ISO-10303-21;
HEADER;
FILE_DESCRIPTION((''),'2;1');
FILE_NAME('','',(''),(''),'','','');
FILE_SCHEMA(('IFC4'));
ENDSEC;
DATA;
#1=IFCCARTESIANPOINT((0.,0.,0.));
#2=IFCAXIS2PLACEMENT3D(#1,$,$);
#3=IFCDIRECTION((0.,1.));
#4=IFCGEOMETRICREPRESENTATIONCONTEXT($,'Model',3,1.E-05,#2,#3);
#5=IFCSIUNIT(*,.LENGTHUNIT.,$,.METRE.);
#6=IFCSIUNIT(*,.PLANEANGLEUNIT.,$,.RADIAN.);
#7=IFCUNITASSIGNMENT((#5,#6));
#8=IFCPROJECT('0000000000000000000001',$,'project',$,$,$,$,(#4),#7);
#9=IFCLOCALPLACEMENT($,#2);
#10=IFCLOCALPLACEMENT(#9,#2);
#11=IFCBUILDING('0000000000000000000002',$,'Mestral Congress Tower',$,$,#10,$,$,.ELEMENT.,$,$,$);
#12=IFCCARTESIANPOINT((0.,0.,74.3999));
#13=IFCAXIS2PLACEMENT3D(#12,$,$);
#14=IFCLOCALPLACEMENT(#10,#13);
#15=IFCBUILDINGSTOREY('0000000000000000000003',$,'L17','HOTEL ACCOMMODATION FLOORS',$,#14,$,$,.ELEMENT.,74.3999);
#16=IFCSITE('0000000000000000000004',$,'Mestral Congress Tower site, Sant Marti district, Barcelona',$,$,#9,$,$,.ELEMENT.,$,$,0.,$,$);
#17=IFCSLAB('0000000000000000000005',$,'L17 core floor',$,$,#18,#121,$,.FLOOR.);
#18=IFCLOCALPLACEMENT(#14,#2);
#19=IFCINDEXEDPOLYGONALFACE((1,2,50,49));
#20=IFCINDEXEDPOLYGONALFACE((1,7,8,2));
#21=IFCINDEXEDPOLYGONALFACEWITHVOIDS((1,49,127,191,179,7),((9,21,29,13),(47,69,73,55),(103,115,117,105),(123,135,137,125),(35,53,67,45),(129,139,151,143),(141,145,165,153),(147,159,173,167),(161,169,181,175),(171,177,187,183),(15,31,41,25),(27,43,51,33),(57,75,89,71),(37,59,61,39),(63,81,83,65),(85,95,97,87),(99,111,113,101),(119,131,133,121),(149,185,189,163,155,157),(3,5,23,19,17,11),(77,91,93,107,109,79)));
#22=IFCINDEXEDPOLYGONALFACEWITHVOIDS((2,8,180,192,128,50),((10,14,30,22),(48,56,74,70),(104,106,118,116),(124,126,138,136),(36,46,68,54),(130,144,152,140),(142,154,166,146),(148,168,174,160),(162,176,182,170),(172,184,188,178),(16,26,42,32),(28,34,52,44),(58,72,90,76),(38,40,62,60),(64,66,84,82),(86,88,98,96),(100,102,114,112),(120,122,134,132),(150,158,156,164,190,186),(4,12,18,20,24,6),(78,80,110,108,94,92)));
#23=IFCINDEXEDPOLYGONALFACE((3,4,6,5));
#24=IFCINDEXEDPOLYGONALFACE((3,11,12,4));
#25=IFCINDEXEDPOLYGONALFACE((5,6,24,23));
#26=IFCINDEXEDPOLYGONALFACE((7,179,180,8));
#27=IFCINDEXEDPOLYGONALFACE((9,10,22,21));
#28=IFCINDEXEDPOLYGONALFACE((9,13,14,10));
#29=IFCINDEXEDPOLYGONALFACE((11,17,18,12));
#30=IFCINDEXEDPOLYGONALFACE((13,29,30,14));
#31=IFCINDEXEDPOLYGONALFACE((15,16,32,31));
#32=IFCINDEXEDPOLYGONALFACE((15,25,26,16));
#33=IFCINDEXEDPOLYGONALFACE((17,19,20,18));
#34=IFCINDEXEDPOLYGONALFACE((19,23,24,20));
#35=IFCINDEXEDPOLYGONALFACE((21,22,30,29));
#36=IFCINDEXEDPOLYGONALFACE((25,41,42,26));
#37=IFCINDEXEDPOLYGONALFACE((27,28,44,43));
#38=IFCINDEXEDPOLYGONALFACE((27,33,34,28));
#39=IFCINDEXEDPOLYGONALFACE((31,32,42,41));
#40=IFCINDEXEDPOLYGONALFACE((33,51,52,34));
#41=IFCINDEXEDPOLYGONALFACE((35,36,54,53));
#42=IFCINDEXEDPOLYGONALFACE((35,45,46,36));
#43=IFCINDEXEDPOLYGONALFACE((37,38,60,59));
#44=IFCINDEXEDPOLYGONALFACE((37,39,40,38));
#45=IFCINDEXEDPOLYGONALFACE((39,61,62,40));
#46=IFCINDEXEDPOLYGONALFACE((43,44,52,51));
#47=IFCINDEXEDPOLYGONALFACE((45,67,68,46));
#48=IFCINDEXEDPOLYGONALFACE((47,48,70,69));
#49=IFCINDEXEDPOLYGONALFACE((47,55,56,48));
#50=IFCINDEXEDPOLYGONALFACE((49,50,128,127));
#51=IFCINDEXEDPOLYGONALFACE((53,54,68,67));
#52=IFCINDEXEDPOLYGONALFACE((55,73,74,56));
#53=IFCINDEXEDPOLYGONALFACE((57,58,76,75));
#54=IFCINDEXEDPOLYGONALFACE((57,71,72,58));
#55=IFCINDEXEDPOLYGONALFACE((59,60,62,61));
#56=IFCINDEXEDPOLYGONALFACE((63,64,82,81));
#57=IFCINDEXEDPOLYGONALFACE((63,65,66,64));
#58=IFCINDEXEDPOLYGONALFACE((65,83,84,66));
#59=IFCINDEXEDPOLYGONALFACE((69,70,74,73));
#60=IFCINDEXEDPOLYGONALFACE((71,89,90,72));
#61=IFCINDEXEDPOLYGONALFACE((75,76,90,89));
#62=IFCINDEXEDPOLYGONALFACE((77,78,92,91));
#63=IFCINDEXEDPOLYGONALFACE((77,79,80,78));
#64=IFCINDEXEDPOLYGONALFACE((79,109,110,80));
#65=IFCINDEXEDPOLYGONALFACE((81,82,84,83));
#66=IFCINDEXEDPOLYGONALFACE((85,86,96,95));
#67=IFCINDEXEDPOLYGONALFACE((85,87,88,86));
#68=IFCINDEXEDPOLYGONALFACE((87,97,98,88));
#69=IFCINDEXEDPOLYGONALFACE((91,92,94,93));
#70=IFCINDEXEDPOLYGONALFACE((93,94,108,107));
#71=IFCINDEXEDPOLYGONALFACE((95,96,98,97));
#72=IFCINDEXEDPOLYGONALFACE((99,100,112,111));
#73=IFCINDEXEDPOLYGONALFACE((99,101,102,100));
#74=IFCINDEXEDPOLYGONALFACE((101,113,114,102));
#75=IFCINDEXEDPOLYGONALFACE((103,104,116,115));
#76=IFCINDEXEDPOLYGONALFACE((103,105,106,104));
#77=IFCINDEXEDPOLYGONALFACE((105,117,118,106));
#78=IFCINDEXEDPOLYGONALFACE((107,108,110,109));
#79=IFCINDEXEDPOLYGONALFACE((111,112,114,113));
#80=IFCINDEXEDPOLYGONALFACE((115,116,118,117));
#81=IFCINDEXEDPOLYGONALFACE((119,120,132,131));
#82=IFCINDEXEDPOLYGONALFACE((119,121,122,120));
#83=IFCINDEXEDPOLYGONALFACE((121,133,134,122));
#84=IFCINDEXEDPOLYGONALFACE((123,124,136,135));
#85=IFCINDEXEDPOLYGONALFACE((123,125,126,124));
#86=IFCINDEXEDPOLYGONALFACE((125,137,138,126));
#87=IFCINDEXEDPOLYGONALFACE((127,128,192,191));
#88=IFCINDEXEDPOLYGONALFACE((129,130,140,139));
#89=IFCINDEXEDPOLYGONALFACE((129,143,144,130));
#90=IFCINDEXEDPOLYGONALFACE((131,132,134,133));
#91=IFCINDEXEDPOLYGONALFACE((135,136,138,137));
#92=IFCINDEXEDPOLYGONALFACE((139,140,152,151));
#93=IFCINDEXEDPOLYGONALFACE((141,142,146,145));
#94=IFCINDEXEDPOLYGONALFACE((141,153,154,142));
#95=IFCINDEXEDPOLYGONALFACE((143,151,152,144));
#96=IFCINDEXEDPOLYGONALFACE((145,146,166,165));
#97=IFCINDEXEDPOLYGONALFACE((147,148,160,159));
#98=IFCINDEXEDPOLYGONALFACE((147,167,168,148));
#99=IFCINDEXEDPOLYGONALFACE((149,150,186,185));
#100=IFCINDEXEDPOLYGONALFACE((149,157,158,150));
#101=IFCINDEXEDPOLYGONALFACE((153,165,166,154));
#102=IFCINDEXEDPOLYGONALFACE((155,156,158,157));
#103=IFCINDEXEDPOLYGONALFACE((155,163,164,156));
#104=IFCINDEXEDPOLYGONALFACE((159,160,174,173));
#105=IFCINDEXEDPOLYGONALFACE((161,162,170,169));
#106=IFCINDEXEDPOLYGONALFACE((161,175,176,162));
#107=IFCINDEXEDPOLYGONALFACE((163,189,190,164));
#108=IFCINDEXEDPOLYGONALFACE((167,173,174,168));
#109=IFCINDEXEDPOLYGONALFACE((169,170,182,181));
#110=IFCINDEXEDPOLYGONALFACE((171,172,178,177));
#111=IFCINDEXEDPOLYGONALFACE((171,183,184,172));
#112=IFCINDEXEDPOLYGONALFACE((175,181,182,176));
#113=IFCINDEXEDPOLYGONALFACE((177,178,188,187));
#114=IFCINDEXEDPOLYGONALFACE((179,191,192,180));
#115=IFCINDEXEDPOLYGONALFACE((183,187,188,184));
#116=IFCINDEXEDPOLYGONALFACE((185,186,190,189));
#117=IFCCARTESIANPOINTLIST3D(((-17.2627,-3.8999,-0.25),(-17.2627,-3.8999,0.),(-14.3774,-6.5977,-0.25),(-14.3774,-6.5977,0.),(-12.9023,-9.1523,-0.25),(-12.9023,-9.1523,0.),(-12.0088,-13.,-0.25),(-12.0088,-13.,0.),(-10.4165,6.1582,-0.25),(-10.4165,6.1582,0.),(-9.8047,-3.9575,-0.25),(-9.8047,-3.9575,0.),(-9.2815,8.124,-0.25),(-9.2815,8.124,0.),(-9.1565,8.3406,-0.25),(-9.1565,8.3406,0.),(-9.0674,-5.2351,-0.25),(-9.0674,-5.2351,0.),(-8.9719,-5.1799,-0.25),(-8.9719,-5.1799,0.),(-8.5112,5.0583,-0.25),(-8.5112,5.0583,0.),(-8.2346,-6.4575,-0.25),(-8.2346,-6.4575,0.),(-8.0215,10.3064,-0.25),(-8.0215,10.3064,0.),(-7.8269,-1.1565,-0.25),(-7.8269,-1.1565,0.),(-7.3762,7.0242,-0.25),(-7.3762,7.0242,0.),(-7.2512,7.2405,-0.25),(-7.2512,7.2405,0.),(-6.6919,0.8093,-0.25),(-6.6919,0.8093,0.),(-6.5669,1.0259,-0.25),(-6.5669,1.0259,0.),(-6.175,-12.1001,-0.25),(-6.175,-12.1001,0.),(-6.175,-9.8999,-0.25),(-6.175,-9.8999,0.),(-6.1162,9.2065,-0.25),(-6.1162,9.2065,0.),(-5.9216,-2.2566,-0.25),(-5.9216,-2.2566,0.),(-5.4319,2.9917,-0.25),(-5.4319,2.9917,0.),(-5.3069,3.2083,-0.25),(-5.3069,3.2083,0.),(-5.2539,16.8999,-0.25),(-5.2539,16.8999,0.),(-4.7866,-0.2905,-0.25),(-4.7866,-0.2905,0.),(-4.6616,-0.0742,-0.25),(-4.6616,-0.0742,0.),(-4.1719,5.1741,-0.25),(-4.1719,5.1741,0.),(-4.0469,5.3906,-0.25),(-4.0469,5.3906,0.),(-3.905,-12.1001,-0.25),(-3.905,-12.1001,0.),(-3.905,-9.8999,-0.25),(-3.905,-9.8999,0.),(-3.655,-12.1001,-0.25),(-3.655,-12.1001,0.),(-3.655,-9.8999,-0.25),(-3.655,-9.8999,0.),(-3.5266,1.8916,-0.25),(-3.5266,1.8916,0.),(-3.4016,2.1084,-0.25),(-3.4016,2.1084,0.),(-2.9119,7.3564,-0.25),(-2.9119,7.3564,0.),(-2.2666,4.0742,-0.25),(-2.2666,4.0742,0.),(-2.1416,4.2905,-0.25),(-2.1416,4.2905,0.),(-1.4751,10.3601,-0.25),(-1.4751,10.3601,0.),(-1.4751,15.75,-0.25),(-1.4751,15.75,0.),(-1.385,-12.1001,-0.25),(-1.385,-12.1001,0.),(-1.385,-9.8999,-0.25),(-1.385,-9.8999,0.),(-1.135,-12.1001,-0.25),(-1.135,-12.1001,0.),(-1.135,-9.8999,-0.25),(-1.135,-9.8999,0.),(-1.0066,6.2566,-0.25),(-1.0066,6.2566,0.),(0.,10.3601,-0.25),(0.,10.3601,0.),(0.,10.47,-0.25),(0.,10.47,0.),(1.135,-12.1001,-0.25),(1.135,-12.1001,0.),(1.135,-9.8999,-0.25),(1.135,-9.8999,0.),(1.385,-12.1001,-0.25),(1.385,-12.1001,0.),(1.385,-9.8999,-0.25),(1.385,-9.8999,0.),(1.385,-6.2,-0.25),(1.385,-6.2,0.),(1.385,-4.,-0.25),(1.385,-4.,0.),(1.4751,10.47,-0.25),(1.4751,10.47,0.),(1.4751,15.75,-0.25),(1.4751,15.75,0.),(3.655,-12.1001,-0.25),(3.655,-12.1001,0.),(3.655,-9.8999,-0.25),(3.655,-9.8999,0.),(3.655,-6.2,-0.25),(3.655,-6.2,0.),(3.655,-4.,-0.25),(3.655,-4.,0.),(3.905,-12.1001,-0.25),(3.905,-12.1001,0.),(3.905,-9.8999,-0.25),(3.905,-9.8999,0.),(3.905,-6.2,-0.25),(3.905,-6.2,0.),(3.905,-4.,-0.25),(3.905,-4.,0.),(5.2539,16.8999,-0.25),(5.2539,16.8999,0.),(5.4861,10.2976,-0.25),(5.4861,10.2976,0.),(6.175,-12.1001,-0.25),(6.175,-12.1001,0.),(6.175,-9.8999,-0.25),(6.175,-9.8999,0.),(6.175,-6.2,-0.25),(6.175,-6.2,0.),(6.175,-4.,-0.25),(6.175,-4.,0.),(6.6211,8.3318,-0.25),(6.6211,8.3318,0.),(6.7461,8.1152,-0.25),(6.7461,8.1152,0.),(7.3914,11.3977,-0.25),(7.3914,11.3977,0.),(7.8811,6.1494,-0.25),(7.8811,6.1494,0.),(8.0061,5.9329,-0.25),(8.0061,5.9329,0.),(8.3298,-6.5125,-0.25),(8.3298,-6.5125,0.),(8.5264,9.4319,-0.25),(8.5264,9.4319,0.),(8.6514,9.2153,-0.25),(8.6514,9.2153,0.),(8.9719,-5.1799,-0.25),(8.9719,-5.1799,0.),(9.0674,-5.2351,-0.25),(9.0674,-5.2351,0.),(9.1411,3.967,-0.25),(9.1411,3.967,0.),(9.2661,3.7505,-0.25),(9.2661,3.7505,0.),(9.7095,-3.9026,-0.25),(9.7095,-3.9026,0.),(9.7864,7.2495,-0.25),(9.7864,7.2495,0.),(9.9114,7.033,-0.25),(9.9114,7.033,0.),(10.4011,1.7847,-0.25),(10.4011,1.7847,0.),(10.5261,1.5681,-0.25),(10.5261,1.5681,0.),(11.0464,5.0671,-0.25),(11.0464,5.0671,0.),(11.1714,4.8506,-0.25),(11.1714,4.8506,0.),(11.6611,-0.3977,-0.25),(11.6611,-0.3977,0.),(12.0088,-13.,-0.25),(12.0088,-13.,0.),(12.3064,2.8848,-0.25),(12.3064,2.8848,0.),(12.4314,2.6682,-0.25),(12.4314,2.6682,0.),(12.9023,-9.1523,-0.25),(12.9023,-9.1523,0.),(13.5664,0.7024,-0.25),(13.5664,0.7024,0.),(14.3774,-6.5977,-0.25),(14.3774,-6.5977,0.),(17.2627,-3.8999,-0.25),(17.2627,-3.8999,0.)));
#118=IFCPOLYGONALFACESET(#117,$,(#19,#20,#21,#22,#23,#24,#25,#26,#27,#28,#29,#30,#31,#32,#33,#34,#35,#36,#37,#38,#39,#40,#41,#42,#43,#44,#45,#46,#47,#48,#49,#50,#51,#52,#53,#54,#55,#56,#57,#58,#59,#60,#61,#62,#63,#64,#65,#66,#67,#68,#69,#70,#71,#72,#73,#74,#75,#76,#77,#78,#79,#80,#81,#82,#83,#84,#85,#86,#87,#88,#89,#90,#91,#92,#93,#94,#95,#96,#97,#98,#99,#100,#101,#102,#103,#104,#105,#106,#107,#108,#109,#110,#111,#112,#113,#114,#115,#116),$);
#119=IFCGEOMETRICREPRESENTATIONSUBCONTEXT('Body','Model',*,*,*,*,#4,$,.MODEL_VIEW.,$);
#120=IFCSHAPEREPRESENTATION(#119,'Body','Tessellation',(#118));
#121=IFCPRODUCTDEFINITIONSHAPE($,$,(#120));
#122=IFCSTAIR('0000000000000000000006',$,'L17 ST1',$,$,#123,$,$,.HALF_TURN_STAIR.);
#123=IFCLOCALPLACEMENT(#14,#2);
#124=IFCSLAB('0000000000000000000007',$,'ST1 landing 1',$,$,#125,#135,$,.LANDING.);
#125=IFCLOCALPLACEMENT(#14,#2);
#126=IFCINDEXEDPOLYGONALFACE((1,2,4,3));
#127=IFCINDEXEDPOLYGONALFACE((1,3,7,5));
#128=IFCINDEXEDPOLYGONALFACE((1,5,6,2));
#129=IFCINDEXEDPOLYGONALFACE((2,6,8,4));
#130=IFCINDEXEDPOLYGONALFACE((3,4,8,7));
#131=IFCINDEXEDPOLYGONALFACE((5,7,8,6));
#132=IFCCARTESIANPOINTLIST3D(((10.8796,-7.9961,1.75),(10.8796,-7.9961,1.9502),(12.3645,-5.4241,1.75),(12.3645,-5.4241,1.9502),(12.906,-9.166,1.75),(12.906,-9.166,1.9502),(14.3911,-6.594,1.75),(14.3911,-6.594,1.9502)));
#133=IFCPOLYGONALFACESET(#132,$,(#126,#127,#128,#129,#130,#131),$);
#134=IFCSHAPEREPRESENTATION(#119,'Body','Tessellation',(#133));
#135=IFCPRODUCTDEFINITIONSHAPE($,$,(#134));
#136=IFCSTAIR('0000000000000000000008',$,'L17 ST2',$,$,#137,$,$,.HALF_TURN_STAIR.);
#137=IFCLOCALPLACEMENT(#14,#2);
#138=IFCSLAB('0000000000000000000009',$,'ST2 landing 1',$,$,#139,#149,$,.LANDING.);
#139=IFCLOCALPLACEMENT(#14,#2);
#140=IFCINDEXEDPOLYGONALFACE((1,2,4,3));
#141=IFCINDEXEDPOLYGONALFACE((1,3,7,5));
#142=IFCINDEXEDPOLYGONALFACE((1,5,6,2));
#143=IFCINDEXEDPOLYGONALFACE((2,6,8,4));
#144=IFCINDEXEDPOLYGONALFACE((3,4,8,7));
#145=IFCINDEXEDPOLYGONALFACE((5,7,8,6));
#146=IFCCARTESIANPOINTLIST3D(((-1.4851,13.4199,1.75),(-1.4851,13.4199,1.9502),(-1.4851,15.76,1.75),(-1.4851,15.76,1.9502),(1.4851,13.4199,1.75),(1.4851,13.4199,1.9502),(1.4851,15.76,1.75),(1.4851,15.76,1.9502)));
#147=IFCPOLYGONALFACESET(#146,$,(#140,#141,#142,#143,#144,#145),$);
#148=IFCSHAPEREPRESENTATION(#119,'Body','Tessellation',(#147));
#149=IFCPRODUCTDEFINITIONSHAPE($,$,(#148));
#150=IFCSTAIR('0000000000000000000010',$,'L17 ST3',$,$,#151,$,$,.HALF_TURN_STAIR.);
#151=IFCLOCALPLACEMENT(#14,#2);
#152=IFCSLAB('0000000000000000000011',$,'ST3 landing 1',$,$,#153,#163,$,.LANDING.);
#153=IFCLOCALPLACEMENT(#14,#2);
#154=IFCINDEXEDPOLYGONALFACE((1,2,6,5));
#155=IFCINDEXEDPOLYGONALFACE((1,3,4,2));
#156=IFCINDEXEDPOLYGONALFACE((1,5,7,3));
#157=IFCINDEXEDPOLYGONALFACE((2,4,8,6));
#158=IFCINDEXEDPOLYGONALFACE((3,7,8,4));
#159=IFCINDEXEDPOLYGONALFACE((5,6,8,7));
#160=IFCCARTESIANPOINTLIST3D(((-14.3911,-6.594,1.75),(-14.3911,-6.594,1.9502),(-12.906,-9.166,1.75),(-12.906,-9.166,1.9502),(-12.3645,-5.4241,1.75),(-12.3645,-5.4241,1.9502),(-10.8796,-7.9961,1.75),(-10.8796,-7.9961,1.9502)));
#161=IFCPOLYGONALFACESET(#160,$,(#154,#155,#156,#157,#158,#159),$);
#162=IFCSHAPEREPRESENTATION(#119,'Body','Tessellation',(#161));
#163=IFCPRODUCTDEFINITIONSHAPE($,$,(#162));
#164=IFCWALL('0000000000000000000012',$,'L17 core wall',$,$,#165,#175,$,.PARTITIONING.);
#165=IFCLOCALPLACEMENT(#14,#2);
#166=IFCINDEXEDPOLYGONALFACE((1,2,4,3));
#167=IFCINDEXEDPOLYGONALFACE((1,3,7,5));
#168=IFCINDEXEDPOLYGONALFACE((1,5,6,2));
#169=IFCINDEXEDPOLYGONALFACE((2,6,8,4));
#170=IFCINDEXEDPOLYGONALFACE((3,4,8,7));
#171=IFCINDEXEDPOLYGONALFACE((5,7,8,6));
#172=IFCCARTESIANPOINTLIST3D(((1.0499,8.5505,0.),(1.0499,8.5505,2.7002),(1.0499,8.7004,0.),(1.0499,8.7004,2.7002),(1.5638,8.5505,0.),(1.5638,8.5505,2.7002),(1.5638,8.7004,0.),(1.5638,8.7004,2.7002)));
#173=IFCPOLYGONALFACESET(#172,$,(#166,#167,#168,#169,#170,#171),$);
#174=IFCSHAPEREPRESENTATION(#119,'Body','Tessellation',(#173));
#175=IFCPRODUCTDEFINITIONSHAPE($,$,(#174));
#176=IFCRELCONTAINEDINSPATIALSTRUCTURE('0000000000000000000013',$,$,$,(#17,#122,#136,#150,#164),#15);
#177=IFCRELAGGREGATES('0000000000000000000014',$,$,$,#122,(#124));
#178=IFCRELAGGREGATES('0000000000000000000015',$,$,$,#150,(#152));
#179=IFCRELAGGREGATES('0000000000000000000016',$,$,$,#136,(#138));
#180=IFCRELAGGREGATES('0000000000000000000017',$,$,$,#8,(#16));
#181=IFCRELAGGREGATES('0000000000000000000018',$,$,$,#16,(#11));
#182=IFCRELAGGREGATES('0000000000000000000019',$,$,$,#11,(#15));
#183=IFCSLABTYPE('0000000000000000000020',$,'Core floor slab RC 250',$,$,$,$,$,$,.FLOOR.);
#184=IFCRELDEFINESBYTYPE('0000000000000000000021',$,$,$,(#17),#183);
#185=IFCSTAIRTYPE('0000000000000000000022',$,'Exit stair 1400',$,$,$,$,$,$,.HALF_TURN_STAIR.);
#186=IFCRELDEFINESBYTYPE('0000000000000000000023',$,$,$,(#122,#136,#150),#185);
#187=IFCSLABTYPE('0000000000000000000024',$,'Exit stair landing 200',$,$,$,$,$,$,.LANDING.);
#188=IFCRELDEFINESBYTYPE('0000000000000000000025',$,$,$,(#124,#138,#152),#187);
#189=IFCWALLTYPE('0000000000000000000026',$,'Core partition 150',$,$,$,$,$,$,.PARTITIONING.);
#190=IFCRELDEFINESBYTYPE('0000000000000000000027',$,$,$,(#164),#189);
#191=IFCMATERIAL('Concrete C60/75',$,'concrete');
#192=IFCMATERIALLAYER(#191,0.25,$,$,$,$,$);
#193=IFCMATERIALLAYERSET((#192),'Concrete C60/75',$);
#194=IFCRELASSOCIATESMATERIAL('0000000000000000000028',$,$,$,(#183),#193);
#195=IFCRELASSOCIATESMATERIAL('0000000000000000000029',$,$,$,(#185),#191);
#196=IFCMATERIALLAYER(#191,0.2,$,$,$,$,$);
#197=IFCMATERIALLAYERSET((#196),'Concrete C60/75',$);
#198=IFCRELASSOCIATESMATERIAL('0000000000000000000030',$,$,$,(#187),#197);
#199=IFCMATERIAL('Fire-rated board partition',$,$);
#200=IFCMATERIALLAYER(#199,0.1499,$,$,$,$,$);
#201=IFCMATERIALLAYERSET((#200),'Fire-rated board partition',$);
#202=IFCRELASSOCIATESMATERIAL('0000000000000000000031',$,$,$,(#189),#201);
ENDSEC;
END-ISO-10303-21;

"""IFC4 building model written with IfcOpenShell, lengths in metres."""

from ifc_helpers import new_model, si_unit, direction, frame, frame_2d, origin, place, context, subcontext, project, spatial, polyline, rectangle, outline, extrude, material, layer, layer_set, type_object, element, aggregate, save


model = new_model("IFC4")

# Units and contexts
model_context = context("Model", 3, precision=1e-05, world=origin(), true_north=direction((0.0, 1.0)))
body_context = subcontext(model_context, "Body", "Model", "MODEL_VIEW")
ifc_project = project(units=[si_unit("LENGTHUNIT", "METRE"), si_unit("PLANEANGLEUNIT", "RADIAN")], contexts=[model_context])

# Site, building, storey
site_placement = place(None, origin())
site = spatial("IfcSite", under=ifc_project, at=site_placement, Name="Mestral Congress Tower site, Sant Marti district, Barcelona", CompositionType="ELEMENT", RefElevation=0.0)
building_placement = place(site_placement, origin())
building = spatial("IfcBuilding", under=site, at=building_placement, Name="Mestral Congress Tower", CompositionType="ELEMENT")
storey_placement = place(building_placement, frame((0.0, 0.0, 74.3999)))
storey = spatial("IfcBuildingStorey", under=building, at=storey_placement, Name="L17", Description="HOTEL ACCOMMODATION FLOORS", CompositionType="ELEMENT", Elevation=74.3999)

# Slab
ifc_material_1 = material(Name="Concrete C60/75", Category="concrete")
ifc_layer_1 = layer(ifc_material_1, 0.25)
ifc_layer_set_1 = layer_set([ifc_layer_1], Name="Concrete C60/75")
slab_type_1 = type_object("IfcSlabType", Name="Core floor slab RC 250", PredefinedType="FLOOR", material=ifc_layer_set_1)
slab_1_placement = place(storey_placement, frame((0.0, 0.0, -0.25)))
element("IfcSlab", 1, at=slab_1_placement, inside=storey, type_object=slab_type_1, Name="L17 core floor", PredefinedType="FLOOR", context=body_context, shape_type="SweptSolid", body=[
    extrude(outline(polyline([(12.0088, -13.0), (-12.0088, -13.0), (-17.2627, -3.8999), (-5.2539, 16.8999), (5.2539, 16.8999), (17.2627, -3.8999), (12.0088, -13.0)]), holes=[polyline([(-3.905, -9.8999), (-6.175, -9.8999), (-6.175, -12.1001), (-3.905, -12.1001), (-3.905, -9.8999)]), polyline([(-1.385, -9.8999), (-3.655, -9.8999), (-3.655, -12.1001), (-1.385, -12.1001), (-1.385, -9.8999)]), polyline([(1.135, -9.8999), (-1.135, -9.8999), (-1.135, -12.1001), (1.135, -12.1001), (1.135, -9.8999)]), polyline([(-9.0674, -5.2351), (-9.8047, -3.9575), (-14.3774, -6.5977), (-12.9023, -9.1523), (-8.2346, -6.4575), (-8.9719, -5.1799), (-9.0674, -5.2351)]), polyline([(-7.8269, -1.1565), (-5.9216, -2.2566), (-4.7866, -0.2905), (-6.6919, 0.8093), (-7.8269, -1.1565)]), polyline([(-4.6616, -0.0742), (-3.5266, 1.8916), (-5.4319, 2.9917), (-6.5669, 1.0259), (-4.6616, -0.0742)]), polyline([(-3.4016, 2.1084), (-2.2666, 4.0742), (-4.1719, 5.1741), (-5.3069, 3.2083), (-3.4016, 2.1084)]), polyline([(-2.1416, 4.2905), (-1.0066, 6.2566), (-2.9119, 7.3564), (-4.0469, 5.3906), (-2.1416, 4.2905)]), polyline([(-10.4165, 6.1582), (-8.5112, 5.0583), (-7.3762, 7.0242), (-9.2815, 8.124), (-10.4165, 6.1582)]), polyline([(-9.1565, 8.3406), (-7.2512, 7.2405), (-6.1162, 9.2065), (-8.0215, 10.3064), (-9.1565, 8.3406)]), polyline([(1.4751, 10.47), (1.4751, 15.75), (-1.4751, 15.75), (-1.4751, 10.3601), (0.0, 10.3601), (0.0, 10.47), (1.4751, 10.47)]), polyline([(3.655, -9.8999), (1.385, -9.8999), (1.385, -12.1001), (3.655, -12.1001), (3.655, -9.8999)]), polyline([(6.175, -9.8999), (3.905, -9.8999), (3.905, -12.1001), (6.175, -12.1001), (6.175, -9.8999)]), polyline([(9.0674, -5.2351), (8.3298, -6.5125), (12.9023, -9.1523), (14.3774, -6.5977), (9.7095, -3.9026), (8.9719, -5.1799), (9.0674, -5.2351)]), polyline([(3.655, -6.2), (3.655, -4.0), (1.385, -4.0), (1.385, -6.2), (3.655, -6.2)]), polyline([(6.175, -4.0), (3.905, -4.0), (3.905, -6.2), (6.175, -6.2), (6.175, -4.0)]), polyline([(12.4314, 2.6682), (10.5261, 1.5681), (11.6611, -0.3977), (13.5664, 0.7024), (12.4314, 2.6682)]), polyline([(11.1714, 4.8506), (9.2661, 3.7505), (10.4011, 1.7847), (12.3064, 2.8848), (11.1714, 4.8506)]), polyline([(8.0061, 5.9329), (9.1411, 3.967), (11.0464, 5.0671), (9.9114, 7.033), (8.0061, 5.9329)]), polyline([(8.6514, 9.2153), (6.7461, 8.1152), (7.8811, 6.1494), (9.7864, 7.2495), (8.6514, 9.2153)]), polyline([(7.3914, 11.3977), (5.4861, 10.2976), (6.6211, 8.3318), (8.5264, 9.4319), (7.3914, 11.3977)])]), origin(), (0.0, 0.0, 1.0), 0.25),
])

# Stairs, slabs
stair_type = type_object("IfcStairType", Name="Exit stair 1400", PredefinedType="HALF_TURN_STAIR", material=ifc_material_1)
placement_1 = place(storey_placement, origin())
stair_1 = element("IfcStair", 2, at=placement_1, inside=storey, type_object=stair_type, Name="L17 ST1", PredefinedType="HALF_TURN_STAIR")
ifc_layer_2 = layer(ifc_material_1, 0.2)
ifc_layer_set_2 = layer_set([ifc_layer_2], Name="Concrete C60/75")
slab_type_2 = type_object("IfcSlabType", Name="Exit stair landing 200", PredefinedType="LANDING", material=ifc_layer_set_2)
placement_2 = place(storey_placement, frame((0.0, 0.0, 1.75)))
slab_2 = element("IfcSlab", 3, at=placement_2, type_object=slab_type_2, Name="ST1 landing 1", PredefinedType="LANDING", context=body_context, shape_type="SweptSolid", body=[
    extrude(outline(polyline([(10.8796, -7.9961), (12.3645, -5.4241), (14.3911, -6.594), (12.906, -9.166), (10.8796, -7.9961)])), origin(), (0.0, 0.0, 1.0), 0.2002),
])
aggregate(stair_1, [slab_2])
stair_2 = element("IfcStair", 4, at=placement_1, inside=storey, type_object=stair_type, Name="L17 ST2", PredefinedType="HALF_TURN_STAIR")
slab_3 = element("IfcSlab", 5, at=placement_2, type_object=slab_type_2, Name="ST2 landing 1", PredefinedType="LANDING", context=body_context, shape_type="SweptSolid", body=[
    extrude(outline(polyline([(1.4851, 13.4199), (-1.4851, 13.4199), (-1.4851, 15.76), (1.4851, 15.76), (1.4851, 13.4199)])), origin(), (0.0, 0.0, 1.0), 0.2002),
])
stair_3 = element("IfcStair", 6, at=placement_1, inside=storey, type_object=stair_type, Name="L17 ST3", PredefinedType="HALF_TURN_STAIR")
slab_4 = element("IfcSlab", 7, at=placement_2, type_object=slab_type_2, Name="ST3 landing 1", PredefinedType="LANDING", context=body_context, shape_type="SweptSolid", body=[
    extrude(outline(polyline([(-12.3645, -5.4241), (-10.8796, -7.9961), (-12.906, -9.166), (-14.3911, -6.594), (-12.3645, -5.4241)])), origin(), (0.0, 0.0, 1.0), 0.2002),
])
aggregate(stair_3, [slab_4])

# Wall
ifc_material_2 = material(Name="Fire-rated board partition")
ifc_layer_3 = layer(ifc_material_2, 0.1499)
ifc_layer_set_3 = layer_set([ifc_layer_3], Name="Fire-rated board partition")
wall_type_1 = type_object("IfcWallType", Name="Core partition 150", PredefinedType="PARTITIONING", material=ifc_layer_set_3)
wall_1_placement = place(storey_placement, frame((1.05, 8.6255, 0.0), z_axis=(0.0, 0.0, 1.0), x_axis=(1.0, 0.0, 0.0)))
element("IfcWall", 8, at=wall_1_placement, inside=storey, type_object=wall_type_1, Name="L17 core wall", PredefinedType="PARTITIONING", context=body_context, shape_type="SweptSolid", body=[
    extrude(rectangle(XDim=0.5139, YDim=0.1499, at=frame_2d((0.2568, 0.0))), origin(), (0.0, 0.0, 1.0), 2.7002),
])

aggregate(stair_2, [slab_3])

save(model, "model.ifc")
